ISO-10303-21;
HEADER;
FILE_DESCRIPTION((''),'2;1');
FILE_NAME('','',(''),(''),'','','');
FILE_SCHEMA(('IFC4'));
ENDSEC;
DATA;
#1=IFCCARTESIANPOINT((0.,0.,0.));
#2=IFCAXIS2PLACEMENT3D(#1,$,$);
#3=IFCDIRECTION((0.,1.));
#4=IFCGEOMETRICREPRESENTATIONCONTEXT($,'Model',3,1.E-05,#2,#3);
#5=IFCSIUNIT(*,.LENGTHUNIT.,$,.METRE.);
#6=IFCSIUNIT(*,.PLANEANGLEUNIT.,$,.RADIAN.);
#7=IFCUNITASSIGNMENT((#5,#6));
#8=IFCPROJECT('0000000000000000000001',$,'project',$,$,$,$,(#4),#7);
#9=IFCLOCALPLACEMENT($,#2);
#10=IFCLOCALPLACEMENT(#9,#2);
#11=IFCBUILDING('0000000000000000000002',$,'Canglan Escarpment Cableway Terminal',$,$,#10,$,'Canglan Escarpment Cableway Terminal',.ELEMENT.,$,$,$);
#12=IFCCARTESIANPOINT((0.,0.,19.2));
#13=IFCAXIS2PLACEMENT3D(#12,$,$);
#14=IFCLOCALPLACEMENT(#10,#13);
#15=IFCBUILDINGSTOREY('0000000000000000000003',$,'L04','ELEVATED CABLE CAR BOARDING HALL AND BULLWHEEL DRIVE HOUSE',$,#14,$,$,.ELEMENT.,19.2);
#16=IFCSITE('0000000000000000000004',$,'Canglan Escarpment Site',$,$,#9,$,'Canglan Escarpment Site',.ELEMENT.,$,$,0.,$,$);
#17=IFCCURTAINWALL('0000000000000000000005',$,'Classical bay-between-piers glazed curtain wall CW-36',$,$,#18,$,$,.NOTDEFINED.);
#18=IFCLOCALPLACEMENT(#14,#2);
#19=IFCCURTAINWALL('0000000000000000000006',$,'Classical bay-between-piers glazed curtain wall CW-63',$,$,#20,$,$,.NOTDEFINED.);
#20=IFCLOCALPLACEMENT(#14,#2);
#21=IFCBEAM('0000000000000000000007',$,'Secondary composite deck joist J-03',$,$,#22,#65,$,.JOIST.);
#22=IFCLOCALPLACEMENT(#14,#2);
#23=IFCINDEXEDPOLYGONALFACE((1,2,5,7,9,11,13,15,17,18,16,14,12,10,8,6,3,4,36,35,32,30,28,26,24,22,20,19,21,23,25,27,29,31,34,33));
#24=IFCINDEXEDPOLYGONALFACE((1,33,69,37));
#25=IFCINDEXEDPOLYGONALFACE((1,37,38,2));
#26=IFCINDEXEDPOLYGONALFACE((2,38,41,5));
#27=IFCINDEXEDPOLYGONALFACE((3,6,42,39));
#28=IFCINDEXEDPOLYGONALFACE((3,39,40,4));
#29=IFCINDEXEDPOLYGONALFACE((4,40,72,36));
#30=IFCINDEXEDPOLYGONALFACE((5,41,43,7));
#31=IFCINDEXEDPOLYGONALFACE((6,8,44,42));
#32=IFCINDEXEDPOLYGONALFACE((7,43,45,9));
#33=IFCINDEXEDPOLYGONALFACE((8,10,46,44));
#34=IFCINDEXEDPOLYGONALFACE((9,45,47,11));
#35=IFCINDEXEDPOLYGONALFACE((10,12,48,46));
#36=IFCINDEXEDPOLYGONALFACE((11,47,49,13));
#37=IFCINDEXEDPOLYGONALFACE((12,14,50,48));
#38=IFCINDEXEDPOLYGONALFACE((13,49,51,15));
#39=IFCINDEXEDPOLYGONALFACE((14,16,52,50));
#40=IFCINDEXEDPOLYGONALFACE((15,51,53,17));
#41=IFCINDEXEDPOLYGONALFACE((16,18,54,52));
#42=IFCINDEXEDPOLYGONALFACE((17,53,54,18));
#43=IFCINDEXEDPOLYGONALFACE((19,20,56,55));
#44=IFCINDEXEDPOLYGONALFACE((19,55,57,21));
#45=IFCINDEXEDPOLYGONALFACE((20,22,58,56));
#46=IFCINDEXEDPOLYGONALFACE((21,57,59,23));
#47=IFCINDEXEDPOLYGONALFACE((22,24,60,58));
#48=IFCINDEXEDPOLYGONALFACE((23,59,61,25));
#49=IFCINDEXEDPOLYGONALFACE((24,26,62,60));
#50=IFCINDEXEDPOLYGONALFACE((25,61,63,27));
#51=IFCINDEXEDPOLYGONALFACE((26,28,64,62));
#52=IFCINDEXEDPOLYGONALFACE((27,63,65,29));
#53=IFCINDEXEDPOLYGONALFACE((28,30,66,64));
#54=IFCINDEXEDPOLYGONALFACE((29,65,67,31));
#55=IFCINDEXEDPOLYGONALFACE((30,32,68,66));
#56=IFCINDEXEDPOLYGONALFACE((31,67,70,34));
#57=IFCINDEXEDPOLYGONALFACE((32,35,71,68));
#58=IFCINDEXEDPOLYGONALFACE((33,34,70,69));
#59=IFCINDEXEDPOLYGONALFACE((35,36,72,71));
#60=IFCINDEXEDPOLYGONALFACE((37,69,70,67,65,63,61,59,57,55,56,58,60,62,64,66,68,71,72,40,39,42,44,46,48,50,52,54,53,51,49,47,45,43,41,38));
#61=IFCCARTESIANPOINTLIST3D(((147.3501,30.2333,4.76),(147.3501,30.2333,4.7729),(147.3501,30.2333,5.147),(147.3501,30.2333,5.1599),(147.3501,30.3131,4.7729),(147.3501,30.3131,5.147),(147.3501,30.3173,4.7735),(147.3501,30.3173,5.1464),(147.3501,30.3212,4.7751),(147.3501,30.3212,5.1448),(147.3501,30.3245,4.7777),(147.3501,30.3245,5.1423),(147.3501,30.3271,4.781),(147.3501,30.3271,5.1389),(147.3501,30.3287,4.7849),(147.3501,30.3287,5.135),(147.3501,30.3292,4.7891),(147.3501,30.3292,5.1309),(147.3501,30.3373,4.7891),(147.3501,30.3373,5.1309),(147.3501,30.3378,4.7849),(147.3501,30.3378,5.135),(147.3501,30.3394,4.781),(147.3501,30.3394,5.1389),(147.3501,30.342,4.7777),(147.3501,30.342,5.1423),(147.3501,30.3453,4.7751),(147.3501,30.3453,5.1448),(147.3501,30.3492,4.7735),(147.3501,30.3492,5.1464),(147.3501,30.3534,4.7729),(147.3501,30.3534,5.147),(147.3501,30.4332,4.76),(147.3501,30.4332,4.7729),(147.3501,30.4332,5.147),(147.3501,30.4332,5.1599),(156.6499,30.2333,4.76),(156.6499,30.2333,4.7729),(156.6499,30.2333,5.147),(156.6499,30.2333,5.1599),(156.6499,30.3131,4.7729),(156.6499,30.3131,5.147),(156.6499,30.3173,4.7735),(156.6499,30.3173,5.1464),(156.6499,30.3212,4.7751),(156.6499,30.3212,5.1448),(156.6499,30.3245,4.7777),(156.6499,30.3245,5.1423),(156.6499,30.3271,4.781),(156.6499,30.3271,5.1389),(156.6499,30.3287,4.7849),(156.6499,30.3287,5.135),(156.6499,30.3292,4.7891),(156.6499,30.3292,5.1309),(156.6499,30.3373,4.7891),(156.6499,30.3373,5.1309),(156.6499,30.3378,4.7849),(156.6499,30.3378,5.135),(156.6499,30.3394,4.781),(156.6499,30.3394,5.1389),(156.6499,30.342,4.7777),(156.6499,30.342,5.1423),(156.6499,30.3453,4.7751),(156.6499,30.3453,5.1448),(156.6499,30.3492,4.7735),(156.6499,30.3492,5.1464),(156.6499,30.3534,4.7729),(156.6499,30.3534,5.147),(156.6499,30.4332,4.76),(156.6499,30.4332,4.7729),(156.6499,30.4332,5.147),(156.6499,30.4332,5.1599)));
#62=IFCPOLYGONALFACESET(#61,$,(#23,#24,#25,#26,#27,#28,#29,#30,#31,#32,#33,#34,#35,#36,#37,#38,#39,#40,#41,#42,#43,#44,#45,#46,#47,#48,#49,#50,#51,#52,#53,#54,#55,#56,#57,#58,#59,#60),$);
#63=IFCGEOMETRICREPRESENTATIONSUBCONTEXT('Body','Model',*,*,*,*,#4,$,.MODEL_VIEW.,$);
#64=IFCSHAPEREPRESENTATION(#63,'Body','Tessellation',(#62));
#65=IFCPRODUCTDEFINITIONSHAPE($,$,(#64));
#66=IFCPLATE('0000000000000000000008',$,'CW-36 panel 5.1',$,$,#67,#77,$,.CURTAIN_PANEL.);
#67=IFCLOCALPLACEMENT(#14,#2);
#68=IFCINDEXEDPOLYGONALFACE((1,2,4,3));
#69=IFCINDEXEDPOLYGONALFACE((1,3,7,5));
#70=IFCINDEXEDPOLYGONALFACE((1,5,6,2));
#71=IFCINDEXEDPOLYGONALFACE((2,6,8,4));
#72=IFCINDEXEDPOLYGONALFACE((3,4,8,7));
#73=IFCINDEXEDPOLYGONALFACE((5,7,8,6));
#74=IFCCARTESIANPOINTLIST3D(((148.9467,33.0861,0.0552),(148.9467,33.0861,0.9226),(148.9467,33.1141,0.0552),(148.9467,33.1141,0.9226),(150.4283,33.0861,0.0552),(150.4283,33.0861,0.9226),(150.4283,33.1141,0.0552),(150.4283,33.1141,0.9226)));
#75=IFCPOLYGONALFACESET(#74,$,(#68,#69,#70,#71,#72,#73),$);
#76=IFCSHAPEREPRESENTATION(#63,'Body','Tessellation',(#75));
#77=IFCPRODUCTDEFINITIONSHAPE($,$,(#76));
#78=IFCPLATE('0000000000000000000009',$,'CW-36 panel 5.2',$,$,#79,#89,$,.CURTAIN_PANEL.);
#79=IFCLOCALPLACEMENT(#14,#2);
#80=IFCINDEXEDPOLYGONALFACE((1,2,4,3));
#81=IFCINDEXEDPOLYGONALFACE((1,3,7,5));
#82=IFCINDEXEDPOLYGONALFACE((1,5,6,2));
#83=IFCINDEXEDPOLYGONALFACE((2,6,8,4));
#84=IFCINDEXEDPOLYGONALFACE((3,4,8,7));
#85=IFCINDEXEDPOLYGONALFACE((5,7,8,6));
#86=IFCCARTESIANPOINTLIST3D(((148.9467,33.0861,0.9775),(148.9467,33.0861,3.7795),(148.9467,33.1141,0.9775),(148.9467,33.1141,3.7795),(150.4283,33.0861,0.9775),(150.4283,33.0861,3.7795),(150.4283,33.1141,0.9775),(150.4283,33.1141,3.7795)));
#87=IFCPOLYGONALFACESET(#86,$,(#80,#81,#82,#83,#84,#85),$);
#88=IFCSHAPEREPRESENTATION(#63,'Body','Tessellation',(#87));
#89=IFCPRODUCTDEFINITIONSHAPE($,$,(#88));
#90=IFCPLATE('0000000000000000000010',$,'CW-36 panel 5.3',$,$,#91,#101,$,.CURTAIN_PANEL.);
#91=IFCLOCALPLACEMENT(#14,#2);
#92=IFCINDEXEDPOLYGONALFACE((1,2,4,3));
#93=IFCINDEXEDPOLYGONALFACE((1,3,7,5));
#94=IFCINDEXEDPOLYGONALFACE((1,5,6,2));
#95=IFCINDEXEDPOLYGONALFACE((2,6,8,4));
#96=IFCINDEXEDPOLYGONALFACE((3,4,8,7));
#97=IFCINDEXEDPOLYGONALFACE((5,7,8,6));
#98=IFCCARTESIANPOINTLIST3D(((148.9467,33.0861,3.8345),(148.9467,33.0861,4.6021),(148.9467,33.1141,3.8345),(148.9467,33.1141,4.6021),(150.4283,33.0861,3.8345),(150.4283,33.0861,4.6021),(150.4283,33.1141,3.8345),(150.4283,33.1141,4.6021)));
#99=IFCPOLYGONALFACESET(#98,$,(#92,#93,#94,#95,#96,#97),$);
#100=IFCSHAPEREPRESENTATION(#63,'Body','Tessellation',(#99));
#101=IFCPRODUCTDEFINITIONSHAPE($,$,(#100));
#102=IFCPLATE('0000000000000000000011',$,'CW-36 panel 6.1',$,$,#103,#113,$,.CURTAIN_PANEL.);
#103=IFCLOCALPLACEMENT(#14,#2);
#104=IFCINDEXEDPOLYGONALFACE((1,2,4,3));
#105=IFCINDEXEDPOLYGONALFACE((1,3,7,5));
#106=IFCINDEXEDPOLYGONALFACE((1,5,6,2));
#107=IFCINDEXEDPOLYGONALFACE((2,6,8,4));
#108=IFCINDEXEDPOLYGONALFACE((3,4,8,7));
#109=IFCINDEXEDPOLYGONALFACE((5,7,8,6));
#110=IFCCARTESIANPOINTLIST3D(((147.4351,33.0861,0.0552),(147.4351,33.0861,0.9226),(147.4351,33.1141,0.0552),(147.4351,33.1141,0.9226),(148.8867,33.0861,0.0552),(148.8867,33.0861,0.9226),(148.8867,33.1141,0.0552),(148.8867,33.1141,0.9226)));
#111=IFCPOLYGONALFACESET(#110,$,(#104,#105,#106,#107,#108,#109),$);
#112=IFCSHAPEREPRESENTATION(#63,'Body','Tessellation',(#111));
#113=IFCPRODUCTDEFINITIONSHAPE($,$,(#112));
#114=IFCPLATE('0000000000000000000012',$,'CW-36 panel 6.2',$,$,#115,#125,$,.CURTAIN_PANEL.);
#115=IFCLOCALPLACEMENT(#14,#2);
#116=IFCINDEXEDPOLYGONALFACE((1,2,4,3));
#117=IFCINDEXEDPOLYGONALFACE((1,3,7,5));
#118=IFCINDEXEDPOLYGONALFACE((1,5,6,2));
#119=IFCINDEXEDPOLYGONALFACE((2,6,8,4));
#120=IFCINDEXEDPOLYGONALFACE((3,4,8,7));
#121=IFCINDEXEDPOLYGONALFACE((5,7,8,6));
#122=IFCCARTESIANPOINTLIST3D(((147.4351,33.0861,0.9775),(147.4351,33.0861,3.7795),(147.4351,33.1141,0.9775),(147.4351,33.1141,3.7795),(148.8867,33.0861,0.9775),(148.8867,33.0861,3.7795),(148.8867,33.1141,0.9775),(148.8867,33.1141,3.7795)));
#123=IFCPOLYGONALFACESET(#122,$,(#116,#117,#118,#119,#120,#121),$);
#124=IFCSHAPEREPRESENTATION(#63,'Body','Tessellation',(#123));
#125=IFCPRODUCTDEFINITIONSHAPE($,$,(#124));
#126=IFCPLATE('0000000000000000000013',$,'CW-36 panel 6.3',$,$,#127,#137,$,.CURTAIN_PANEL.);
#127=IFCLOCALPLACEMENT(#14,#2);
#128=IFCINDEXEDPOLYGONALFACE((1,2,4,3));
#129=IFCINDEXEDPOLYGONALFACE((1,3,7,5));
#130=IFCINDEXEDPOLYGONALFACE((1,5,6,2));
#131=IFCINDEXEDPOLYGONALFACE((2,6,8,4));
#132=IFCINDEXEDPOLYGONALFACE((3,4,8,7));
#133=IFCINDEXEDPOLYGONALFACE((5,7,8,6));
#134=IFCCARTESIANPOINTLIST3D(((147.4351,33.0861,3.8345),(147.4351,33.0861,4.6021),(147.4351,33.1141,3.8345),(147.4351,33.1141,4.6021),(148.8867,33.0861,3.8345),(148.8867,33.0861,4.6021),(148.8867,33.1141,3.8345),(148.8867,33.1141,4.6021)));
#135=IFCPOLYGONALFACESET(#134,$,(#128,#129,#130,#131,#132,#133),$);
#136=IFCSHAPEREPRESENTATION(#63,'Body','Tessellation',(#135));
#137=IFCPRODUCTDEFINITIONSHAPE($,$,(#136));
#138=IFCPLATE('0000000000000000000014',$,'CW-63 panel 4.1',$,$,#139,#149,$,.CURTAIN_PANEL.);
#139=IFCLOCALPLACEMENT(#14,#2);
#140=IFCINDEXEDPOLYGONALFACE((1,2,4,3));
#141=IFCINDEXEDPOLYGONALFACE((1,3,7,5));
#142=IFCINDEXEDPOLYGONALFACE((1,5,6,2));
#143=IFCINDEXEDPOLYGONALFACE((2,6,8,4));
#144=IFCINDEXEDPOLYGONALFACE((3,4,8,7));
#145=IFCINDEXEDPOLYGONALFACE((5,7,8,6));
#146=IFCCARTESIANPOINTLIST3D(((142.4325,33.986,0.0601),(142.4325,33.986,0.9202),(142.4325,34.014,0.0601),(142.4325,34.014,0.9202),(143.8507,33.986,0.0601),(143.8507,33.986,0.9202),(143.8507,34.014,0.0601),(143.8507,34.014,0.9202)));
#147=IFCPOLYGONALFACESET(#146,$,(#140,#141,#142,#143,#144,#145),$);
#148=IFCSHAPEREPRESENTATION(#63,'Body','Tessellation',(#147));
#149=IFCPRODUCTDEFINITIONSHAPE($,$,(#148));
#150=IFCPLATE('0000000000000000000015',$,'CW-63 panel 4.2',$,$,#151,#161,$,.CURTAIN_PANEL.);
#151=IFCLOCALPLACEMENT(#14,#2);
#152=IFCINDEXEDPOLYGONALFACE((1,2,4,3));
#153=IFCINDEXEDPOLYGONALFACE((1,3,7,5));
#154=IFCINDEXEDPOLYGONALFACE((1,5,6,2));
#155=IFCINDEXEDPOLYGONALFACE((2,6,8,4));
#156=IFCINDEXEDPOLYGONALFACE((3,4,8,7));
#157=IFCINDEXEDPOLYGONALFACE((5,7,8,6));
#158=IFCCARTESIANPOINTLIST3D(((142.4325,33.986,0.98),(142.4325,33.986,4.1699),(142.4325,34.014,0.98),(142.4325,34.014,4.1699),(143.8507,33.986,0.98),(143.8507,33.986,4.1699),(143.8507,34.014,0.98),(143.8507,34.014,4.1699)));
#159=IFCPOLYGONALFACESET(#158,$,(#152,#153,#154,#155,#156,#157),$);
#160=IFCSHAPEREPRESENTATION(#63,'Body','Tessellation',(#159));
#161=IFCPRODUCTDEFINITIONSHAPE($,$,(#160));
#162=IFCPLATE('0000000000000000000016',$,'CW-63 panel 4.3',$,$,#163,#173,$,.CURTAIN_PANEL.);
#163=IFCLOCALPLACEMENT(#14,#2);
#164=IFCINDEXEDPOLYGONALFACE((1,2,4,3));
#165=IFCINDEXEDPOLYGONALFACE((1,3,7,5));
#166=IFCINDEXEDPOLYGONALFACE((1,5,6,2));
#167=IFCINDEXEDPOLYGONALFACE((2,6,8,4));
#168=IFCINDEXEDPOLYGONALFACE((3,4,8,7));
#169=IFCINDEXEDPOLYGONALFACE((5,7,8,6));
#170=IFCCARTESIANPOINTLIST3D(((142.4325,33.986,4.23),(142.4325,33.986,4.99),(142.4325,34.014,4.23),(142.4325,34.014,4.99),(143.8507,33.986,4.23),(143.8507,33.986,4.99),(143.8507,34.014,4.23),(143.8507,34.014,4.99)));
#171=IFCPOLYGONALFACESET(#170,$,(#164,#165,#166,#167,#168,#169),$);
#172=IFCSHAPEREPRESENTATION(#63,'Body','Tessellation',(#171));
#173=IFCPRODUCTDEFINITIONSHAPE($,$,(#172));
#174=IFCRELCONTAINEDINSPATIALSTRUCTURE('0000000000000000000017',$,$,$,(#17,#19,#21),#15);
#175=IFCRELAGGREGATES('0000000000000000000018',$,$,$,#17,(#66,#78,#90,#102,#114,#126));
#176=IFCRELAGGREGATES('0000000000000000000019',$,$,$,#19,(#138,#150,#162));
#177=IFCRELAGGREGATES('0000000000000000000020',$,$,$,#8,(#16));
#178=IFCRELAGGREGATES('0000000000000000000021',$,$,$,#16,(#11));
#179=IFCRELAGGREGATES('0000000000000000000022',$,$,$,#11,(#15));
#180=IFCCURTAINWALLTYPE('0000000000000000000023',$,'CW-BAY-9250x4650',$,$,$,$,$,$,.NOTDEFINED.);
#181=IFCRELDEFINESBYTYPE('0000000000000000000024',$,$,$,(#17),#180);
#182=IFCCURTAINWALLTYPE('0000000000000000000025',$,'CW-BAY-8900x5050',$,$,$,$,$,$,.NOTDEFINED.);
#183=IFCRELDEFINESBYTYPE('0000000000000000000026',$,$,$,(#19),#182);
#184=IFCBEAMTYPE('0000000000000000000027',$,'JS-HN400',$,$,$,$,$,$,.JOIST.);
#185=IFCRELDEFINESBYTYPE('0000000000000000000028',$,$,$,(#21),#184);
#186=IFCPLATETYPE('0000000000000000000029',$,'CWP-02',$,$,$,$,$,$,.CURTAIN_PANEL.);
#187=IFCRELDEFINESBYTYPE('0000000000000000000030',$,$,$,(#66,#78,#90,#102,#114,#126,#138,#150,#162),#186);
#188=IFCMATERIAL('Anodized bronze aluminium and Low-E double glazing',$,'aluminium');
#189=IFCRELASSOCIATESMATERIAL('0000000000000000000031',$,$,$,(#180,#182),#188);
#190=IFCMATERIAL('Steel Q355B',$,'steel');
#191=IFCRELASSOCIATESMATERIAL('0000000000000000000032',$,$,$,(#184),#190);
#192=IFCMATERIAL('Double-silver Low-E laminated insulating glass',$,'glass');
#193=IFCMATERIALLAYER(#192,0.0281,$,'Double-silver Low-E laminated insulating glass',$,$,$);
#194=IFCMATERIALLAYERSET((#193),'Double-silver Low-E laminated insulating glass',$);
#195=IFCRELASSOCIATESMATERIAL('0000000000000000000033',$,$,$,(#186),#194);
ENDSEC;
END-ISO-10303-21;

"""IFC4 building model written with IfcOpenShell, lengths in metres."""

from ifc_helpers import new_model, si_unit, direction, frame, origin, origin_2d, place, context, subcontext, project, spatial, rectangle, i_section, extrude, material, layer, layer_set, material_profile, profile_set, type_object, element, aggregate, save


model = new_model("IFC4")

# Units and contexts
model_context = context("Model", 3, precision=1e-05, world=origin(), true_north=direction((0.0, 1.0)))
body_context = subcontext(model_context, "Body", "Model", "MODEL_VIEW")
ifc_project = project(units=[si_unit("LENGTHUNIT", "METRE"), si_unit("PLANEANGLEUNIT", "RADIAN")], contexts=[model_context])

# Site, building, storey
site_placement = place(None, origin())
site = spatial("IfcSite", under=ifc_project, at=site_placement, Name="Canglan Escarpment Site", LongName="Canglan Escarpment Site", CompositionType="ELEMENT", RefElevation=0.0)
building_placement = place(site_placement, origin())
building = spatial("IfcBuilding", under=site, at=building_placement, Name="Canglan Escarpment Cableway Terminal", LongName="Canglan Escarpment Cableway Terminal", CompositionType="ELEMENT")
storey_placement = place(building_placement, frame((0.0, 0.0, 19.2)))
storey = spatial("IfcBuildingStorey", under=building, at=storey_placement, Name="L04", Description="ELEVATED CABLE CAR BOARDING HALL AND BULLWHEEL DRIVE HOUSE", CompositionType="ELEMENT", Elevation=19.2)

# Shared definitions
ifc_material_1 = material(Name="Steel Q355B", Category="steel")

# Curtain walls
ifc_material_2 = material(Name="Anodized bronze aluminium and Low-E double glazing", Category="aluminium")
curtain_wall_type_1 = type_object("IfcCurtainWallType", Name="CW-BAY-9250x4650", PredefinedType="NOTDEFINED", material=ifc_material_2)
curtain_wall_1_placement = place(storey_placement, origin())
curtain_wall_1 = element("IfcCurtainWall", 1, at=curtain_wall_1_placement, inside=storey, type_object=curtain_wall_type_1, Name="Classical bay-between-piers glazed curtain wall CW-36", PredefinedType="NOTDEFINED")
curtain_wall_type_2 = type_object("IfcCurtainWallType", Name="CW-BAY-8900x5050", PredefinedType="NOTDEFINED", material=ifc_material_2)
curtain_wall_2_placement = place(storey_placement, origin())
curtain_wall_2 = element("IfcCurtainWall", 2, at=curtain_wall_2_placement, inside=storey, type_object=curtain_wall_type_2, Name="Classical bay-between-piers glazed curtain wall CW-63", PredefinedType="NOTDEFINED")

# Beam
ifc_material_profile_1 = material_profile(ifc_material_1, i_section(OverallWidth=0.2, OverallDepth=0.3999, WebThickness=0.0081, FlangeThickness=0.0129, FilletRadius=0.0161, at=origin_2d()), Name="HN 400x200x8x13")
ifc_profile_set_1 = profile_set([ifc_material_profile_1], Name="Steel Q355B")
beam_type_1 = type_object("IfcBeamType", Name="JS-HN400", PredefinedType="JOIST", material=ifc_profile_set_1)
for number, where, z_axis, x_axis, name in (
    (3, (147.3501, 30.3333, 4.96), (1.0, 0.0, 0.0), (0.0, 1.0, 0.0), "Secondary composite deck joist J-03"),
):
    element("IfcBeam", number, at=place(storey_placement, frame(where, z_axis=z_axis, x_axis=x_axis)), inside=storey, type_object=beam_type_1, Name=name, PredefinedType="JOIST", context=body_context, shape_type="SweptSolid", body=[
        extrude(i_section(OverallWidth=0.2, OverallDepth=0.3999, WebThickness=0.0081, FlangeThickness=0.0129, FilletRadius=0.0161, at=origin_2d()), origin(), (0.0, 0.0, 1.0), 9.2998),
    ])

# Plates
ifc_material_3 = material(Name="Double-silver Low-E laminated insulating glass", Category="glass")
ifc_layer_1 = layer(ifc_material_3, 0.0281, Name="Double-silver Low-E laminated insulating glass")
ifc_layer_set_1 = layer_set([ifc_layer_1], Name="Double-silver Low-E laminated insulating glass")
plate_type = type_object("IfcPlateType", Name="CWP-02", PredefinedType="CURTAIN_PANEL", material=ifc_layer_set_1)
plate_1_placement = place(storey_placement, frame((149.6875, 33.1001, 0.0552), z_axis=(0.0, 0.0, 1.0), x_axis=(-1.0, 0.0, 0.0)))
plate_1 = element("IfcPlate", 4, at=plate_1_placement, type_object=plate_type, Name="CW-36 panel 5.1", PredefinedType="CURTAIN_PANEL", context=body_context, shape_type="SweptSolid", body=[
    extrude(rectangle(XDim=1.4817, YDim=0.0281, at=origin_2d()), origin(), (0.0, 0.0, 1.0), 0.8674),
])
plate_2_placement = place(storey_placement, frame((149.6875, 33.1001, 0.9775), z_axis=(0.0, 0.0, 1.0), x_axis=(-1.0, 0.0, 0.0)))
plate_2 = element("IfcPlate", 5, at=plate_2_placement, type_object=plate_type, Name="CW-36 panel 5.2", PredefinedType="CURTAIN_PANEL", context=body_context, shape_type="SweptSolid", body=[
    extrude(rectangle(XDim=1.4817, YDim=0.0281, at=origin_2d()), origin(), (0.0, 0.0, 1.0), 2.802),
])
plate_3_placement = place(storey_placement, frame((149.6875, 33.1001, 3.8345), z_axis=(0.0, 0.0, 1.0), x_axis=(-1.0, 0.0, 0.0)))
plate_3 = element("IfcPlate", 6, at=plate_3_placement, type_object=plate_type, Name="CW-36 panel 5.3", PredefinedType="CURTAIN_PANEL", context=body_context, shape_type="SweptSolid", body=[
    extrude(rectangle(XDim=1.4817, YDim=0.0281, at=origin_2d()), origin(), (0.0, 0.0, 1.0), 0.7676),
])
plate_4_placement = place(storey_placement, frame((148.1609, 33.1001, 0.0552), z_axis=(0.0, 0.0, 1.0), x_axis=(-1.0, 0.0, 0.0)))
plate_4 = element("IfcPlate", 7, at=plate_4_placement, type_object=plate_type, Name="CW-36 panel 6.1", PredefinedType="CURTAIN_PANEL", context=body_context, shape_type="SweptSolid", body=[
    extrude(rectangle(XDim=1.4517, YDim=0.0281, at=origin_2d()), origin(), (0.0, 0.0, 1.0), 0.8674),
])
plate_5_placement = place(storey_placement, frame((148.1609, 33.1001, 0.9775), z_axis=(0.0, 0.0, 1.0), x_axis=(-1.0, 0.0, 0.0)))
plate_5 = element("IfcPlate", 8, at=plate_5_placement, type_object=plate_type, Name="CW-36 panel 6.2", PredefinedType="CURTAIN_PANEL", context=body_context, shape_type="SweptSolid", body=[
    extrude(rectangle(XDim=1.4517, YDim=0.0281, at=origin_2d()), origin(), (0.0, 0.0, 1.0), 2.802),
])
plate_6_placement = place(storey_placement, frame((148.1609, 33.1001, 3.8345), z_axis=(0.0, 0.0, 1.0), x_axis=(-1.0, 0.0, 0.0)))
plate_6 = element("IfcPlate", 9, at=plate_6_placement, type_object=plate_type, Name="CW-36 panel 6.3", PredefinedType="CURTAIN_PANEL", context=body_context, shape_type="SweptSolid", body=[
    extrude(rectangle(XDim=1.4517, YDim=0.0281, at=origin_2d()), origin(), (0.0, 0.0, 1.0), 0.7676),
])
aggregate(curtain_wall_1, [plate_1, plate_2, plate_3, plate_4, plate_5, plate_6])
plate_7_placement = place(storey_placement, frame((143.1416, 34.0, 0.0601), z_axis=(0.0, 0.0, 1.0), x_axis=(1.0, 0.0, 0.0)))
plate_7 = element("IfcPlate", 10, at=plate_7_placement, type_object=plate_type, Name="CW-63 panel 4.1", PredefinedType="CURTAIN_PANEL", context=body_context, shape_type="SweptSolid", body=[
    extrude(rectangle(XDim=1.4182, YDim=0.0281, at=origin_2d()), origin(), (0.0, 0.0, 1.0), 0.8601),
])
plate_8_placement = place(storey_placement, frame((143.1416, 34.0, 0.98), z_axis=(0.0, 0.0, 1.0), x_axis=(1.0, 0.0, 0.0)))
plate_8 = element("IfcPlate", 11, at=plate_8_placement, type_object=plate_type, Name="CW-63 panel 4.2", PredefinedType="CURTAIN_PANEL", context=body_context, shape_type="SweptSolid", body=[
    extrude(rectangle(XDim=1.4182, YDim=0.0281, at=origin_2d()), origin(), (0.0, 0.0, 1.0), 3.1899),
])
plate_9_placement = place(storey_placement, frame((143.1416, 34.0, 4.23), z_axis=(0.0, 0.0, 1.0), x_axis=(1.0, 0.0, 0.0)))
plate_9 = element("IfcPlate", 12, at=plate_9_placement, type_object=plate_type, Name="CW-63 panel 4.3", PredefinedType="CURTAIN_PANEL", context=body_context, shape_type="SweptSolid", body=[
    extrude(rectangle(XDim=1.4182, YDim=0.0281, at=origin_2d()), origin(), (0.0, 0.0, 1.0), 0.76),
])
aggregate(curtain_wall_2, [plate_7, plate_8, plate_9])

save(model, "model.ifc")
